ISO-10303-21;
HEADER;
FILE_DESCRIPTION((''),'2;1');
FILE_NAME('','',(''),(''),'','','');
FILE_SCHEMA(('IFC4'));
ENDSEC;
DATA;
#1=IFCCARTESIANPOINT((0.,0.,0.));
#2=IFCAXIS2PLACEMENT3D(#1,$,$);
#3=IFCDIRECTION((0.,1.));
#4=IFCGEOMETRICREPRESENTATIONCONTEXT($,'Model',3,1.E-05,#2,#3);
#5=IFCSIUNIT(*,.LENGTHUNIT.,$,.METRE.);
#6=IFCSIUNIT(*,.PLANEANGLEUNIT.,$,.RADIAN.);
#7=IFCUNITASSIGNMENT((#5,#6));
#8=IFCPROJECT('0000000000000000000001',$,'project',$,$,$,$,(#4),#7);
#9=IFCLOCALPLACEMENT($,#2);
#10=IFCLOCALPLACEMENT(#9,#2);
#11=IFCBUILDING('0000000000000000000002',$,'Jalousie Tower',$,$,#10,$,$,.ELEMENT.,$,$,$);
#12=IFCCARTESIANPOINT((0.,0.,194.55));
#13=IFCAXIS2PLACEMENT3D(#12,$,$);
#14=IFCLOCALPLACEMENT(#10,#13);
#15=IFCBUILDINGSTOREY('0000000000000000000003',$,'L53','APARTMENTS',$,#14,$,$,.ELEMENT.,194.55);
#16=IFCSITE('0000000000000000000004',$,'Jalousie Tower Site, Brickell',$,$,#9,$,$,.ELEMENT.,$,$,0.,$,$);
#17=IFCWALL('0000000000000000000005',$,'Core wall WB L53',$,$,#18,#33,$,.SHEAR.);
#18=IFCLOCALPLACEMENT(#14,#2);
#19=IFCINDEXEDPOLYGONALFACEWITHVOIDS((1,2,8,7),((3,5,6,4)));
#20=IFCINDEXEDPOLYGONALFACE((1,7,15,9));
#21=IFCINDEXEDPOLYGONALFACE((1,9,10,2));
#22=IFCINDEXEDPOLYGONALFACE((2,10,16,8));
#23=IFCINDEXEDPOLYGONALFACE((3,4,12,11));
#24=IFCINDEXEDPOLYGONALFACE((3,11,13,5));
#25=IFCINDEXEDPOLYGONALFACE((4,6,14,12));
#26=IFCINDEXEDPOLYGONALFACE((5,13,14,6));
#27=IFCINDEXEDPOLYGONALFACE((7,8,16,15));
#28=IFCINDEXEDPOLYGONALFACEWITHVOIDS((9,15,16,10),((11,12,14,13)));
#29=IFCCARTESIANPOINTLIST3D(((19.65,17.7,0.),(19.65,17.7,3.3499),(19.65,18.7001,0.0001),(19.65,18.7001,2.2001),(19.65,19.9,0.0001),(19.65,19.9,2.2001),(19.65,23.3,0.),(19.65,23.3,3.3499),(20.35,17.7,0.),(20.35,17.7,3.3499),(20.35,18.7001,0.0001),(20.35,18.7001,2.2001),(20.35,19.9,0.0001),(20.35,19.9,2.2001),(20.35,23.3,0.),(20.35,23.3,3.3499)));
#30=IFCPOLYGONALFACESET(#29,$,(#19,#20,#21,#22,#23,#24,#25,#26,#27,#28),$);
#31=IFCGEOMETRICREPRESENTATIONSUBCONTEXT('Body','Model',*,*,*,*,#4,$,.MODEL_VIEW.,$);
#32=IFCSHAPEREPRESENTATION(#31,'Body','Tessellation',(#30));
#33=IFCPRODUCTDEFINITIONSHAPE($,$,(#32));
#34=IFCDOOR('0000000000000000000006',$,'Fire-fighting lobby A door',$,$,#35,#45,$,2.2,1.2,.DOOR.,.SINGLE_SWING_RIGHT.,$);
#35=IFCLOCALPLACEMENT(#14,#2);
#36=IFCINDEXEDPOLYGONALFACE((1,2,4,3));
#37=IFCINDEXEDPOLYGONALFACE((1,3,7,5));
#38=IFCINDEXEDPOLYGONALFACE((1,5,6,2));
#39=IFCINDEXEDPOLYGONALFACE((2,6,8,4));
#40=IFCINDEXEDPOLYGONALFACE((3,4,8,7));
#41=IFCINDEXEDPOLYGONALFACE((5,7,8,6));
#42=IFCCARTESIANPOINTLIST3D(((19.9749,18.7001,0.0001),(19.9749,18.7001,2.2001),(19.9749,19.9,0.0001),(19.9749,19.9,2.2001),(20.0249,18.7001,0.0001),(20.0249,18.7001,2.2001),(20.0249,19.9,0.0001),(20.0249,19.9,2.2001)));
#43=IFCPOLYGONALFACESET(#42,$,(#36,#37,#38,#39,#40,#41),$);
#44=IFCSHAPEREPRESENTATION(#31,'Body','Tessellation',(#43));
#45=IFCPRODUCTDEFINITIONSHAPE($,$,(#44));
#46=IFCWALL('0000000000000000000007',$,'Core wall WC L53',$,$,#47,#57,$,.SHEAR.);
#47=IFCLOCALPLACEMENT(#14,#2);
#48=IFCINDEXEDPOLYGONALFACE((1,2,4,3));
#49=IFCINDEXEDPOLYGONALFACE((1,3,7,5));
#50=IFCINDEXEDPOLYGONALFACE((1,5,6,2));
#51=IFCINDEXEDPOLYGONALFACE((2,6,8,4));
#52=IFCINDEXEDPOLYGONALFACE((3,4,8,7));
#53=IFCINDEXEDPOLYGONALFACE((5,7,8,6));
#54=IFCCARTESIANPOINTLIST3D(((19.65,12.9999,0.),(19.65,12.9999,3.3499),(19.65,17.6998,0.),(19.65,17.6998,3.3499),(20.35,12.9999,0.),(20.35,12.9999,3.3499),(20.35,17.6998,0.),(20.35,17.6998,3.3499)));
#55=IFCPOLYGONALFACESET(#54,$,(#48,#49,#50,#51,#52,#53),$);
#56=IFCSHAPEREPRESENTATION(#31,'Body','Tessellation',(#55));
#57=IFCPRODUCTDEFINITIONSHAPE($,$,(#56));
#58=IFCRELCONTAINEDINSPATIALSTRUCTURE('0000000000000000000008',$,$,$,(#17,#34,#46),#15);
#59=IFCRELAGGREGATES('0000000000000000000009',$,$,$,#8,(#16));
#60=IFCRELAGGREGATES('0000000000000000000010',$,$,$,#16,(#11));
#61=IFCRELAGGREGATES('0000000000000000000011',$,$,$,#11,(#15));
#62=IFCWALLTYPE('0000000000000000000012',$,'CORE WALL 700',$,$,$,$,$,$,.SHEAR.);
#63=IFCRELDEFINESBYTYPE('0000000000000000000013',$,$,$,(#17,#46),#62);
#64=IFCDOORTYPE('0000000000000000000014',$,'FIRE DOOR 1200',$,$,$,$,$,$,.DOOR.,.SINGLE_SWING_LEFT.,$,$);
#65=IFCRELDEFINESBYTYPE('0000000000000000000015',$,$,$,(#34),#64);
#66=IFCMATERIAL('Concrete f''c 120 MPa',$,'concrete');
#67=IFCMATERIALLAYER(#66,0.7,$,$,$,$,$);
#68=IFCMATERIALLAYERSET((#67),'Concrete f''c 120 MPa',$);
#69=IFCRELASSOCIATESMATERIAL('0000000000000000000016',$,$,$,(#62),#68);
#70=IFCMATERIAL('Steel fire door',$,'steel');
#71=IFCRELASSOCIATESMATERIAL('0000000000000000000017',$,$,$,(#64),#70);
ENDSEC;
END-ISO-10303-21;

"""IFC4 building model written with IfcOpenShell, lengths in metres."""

from ifc_helpers import new_model, si_unit, direction, frame, frame_2d, origin, place, context, subcontext, project, spatial, rectangle, extrude, material, layer, layer_set, type_object, element, fill, save


model = new_model("IFC4")

# Units and contexts
model_context = context("Model", 3, precision=1e-05, world=origin(), true_north=direction((0.0, 1.0)))
body_context = subcontext(model_context, "Body", "Model", "MODEL_VIEW")
ifc_project = project(units=[si_unit("LENGTHUNIT", "METRE"), si_unit("PLANEANGLEUNIT", "RADIAN")], contexts=[model_context])

# Site, building, storey
site_placement = place(None, origin())
site = spatial("IfcSite", under=ifc_project, at=site_placement, Name="Jalousie Tower Site, Brickell", CompositionType="ELEMENT", RefElevation=0.0)
building_placement = place(site_placement, origin())
building = spatial("IfcBuilding", under=site, at=building_placement, Name="Jalousie Tower", CompositionType="ELEMENT")
storey_placement = place(building_placement, frame((0.0, 0.0, 194.55)))
storey = spatial("IfcBuildingStorey", under=building, at=storey_placement, Name="L53", Description="APARTMENTS", CompositionType="ELEMENT", Elevation=194.55)

# Shared definitions
ifc_material_1 = material(Name="Concrete f'c 120 MPa", Category="concrete")
ifc_layer_1 = layer(ifc_material_1, 0.7)
ifc_layer_set_1 = layer_set([ifc_layer_1], Name="Concrete f'c 120 MPa")
wall_type_1 = type_object("IfcWallType", Name="CORE WALL 700", PredefinedType="SHEAR", material=ifc_layer_set_1)

# Wall, opening, door
wall_1_placement = place(storey_placement, frame((20.0, 23.3, 0.0), z_axis=(0.0, 0.0, 1.0), x_axis=(0.0, -1.0, 0.0)))
wall_1 = element("IfcWall", 1, at=wall_1_placement, inside=storey, type_object=wall_type_1, Name="Core wall WB L53", PredefinedType="SHEAR", context=body_context, shape_type="SweptSolid", body=[
    extrude(rectangle(XDim=5.6001, YDim=0.7, at=frame_2d((2.8, 0.0))), origin(), (0.0, 0.0, 1.0), 3.3499),
])
opening_1_placement = place(wall_1_placement, frame((3.3999, 0.0, 0.0)))
opening_1 = element("IfcOpeningElement", 2, at=opening_1_placement, cuts=wall_1, PredefinedType="OPENING", context=body_context, shape_type="SweptSolid", body=[
    extrude(rectangle(XDim=1.2, YDim=2.2, at=frame_2d((0.6001, 1.1001))), frame((0.0, 0.3599, 0.0), z_axis=(0.0, -1.0, 0.0), x_axis=(1.0, 0.0, 0.0)), (0.0, 0.0, 1.0), 0.72),
])
ifc_material_2 = material(Name="Steel fire door", Category="steel")
door_type_1 = type_object("IfcDoorType", Name="FIRE DOOR 1200", OperationType="SINGLE_SWING_LEFT", PredefinedType="DOOR", material=ifc_material_2)
door_1_placement = place(opening_1_placement, origin())
door_1 = element("IfcDoor", 3, at=door_1_placement, inside=storey, type_object=door_type_1, Name="Fire-fighting lobby A door", OperationType="SINGLE_SWING_RIGHT", OverallHeight=2.2, OverallWidth=1.2, PredefinedType="DOOR", context=body_context, shape_type="SweptSolid", body=[
    extrude(rectangle(XDim=1.2, YDim=2.2, at=frame_2d((0.6001, 1.1001))), frame((0.0, 0.0249, 0.0), z_axis=(0.0, -1.0, 0.0), x_axis=(1.0, 0.0, 0.0)), (0.0, 0.0, 1.0), 0.05),
])
fill(opening_1, door_1)

# Wall
wall_2_placement = place(storey_placement, frame((20.0, 17.7, 0.0), z_axis=(0.0, 0.0, 1.0), x_axis=(0.0, -1.0, 0.0)))
element("IfcWall", 4, at=wall_2_placement, inside=storey, type_object=wall_type_1, Name="Core wall WC L53", PredefinedType="SHEAR", context=body_context, shape_type="SweptSolid", body=[
    extrude(rectangle(XDim=4.7, YDim=0.7, at=frame_2d((2.3501, 0.0))), origin(), (0.0, 0.0, 1.0), 3.3499),
])

save(model, "model.ifc")
